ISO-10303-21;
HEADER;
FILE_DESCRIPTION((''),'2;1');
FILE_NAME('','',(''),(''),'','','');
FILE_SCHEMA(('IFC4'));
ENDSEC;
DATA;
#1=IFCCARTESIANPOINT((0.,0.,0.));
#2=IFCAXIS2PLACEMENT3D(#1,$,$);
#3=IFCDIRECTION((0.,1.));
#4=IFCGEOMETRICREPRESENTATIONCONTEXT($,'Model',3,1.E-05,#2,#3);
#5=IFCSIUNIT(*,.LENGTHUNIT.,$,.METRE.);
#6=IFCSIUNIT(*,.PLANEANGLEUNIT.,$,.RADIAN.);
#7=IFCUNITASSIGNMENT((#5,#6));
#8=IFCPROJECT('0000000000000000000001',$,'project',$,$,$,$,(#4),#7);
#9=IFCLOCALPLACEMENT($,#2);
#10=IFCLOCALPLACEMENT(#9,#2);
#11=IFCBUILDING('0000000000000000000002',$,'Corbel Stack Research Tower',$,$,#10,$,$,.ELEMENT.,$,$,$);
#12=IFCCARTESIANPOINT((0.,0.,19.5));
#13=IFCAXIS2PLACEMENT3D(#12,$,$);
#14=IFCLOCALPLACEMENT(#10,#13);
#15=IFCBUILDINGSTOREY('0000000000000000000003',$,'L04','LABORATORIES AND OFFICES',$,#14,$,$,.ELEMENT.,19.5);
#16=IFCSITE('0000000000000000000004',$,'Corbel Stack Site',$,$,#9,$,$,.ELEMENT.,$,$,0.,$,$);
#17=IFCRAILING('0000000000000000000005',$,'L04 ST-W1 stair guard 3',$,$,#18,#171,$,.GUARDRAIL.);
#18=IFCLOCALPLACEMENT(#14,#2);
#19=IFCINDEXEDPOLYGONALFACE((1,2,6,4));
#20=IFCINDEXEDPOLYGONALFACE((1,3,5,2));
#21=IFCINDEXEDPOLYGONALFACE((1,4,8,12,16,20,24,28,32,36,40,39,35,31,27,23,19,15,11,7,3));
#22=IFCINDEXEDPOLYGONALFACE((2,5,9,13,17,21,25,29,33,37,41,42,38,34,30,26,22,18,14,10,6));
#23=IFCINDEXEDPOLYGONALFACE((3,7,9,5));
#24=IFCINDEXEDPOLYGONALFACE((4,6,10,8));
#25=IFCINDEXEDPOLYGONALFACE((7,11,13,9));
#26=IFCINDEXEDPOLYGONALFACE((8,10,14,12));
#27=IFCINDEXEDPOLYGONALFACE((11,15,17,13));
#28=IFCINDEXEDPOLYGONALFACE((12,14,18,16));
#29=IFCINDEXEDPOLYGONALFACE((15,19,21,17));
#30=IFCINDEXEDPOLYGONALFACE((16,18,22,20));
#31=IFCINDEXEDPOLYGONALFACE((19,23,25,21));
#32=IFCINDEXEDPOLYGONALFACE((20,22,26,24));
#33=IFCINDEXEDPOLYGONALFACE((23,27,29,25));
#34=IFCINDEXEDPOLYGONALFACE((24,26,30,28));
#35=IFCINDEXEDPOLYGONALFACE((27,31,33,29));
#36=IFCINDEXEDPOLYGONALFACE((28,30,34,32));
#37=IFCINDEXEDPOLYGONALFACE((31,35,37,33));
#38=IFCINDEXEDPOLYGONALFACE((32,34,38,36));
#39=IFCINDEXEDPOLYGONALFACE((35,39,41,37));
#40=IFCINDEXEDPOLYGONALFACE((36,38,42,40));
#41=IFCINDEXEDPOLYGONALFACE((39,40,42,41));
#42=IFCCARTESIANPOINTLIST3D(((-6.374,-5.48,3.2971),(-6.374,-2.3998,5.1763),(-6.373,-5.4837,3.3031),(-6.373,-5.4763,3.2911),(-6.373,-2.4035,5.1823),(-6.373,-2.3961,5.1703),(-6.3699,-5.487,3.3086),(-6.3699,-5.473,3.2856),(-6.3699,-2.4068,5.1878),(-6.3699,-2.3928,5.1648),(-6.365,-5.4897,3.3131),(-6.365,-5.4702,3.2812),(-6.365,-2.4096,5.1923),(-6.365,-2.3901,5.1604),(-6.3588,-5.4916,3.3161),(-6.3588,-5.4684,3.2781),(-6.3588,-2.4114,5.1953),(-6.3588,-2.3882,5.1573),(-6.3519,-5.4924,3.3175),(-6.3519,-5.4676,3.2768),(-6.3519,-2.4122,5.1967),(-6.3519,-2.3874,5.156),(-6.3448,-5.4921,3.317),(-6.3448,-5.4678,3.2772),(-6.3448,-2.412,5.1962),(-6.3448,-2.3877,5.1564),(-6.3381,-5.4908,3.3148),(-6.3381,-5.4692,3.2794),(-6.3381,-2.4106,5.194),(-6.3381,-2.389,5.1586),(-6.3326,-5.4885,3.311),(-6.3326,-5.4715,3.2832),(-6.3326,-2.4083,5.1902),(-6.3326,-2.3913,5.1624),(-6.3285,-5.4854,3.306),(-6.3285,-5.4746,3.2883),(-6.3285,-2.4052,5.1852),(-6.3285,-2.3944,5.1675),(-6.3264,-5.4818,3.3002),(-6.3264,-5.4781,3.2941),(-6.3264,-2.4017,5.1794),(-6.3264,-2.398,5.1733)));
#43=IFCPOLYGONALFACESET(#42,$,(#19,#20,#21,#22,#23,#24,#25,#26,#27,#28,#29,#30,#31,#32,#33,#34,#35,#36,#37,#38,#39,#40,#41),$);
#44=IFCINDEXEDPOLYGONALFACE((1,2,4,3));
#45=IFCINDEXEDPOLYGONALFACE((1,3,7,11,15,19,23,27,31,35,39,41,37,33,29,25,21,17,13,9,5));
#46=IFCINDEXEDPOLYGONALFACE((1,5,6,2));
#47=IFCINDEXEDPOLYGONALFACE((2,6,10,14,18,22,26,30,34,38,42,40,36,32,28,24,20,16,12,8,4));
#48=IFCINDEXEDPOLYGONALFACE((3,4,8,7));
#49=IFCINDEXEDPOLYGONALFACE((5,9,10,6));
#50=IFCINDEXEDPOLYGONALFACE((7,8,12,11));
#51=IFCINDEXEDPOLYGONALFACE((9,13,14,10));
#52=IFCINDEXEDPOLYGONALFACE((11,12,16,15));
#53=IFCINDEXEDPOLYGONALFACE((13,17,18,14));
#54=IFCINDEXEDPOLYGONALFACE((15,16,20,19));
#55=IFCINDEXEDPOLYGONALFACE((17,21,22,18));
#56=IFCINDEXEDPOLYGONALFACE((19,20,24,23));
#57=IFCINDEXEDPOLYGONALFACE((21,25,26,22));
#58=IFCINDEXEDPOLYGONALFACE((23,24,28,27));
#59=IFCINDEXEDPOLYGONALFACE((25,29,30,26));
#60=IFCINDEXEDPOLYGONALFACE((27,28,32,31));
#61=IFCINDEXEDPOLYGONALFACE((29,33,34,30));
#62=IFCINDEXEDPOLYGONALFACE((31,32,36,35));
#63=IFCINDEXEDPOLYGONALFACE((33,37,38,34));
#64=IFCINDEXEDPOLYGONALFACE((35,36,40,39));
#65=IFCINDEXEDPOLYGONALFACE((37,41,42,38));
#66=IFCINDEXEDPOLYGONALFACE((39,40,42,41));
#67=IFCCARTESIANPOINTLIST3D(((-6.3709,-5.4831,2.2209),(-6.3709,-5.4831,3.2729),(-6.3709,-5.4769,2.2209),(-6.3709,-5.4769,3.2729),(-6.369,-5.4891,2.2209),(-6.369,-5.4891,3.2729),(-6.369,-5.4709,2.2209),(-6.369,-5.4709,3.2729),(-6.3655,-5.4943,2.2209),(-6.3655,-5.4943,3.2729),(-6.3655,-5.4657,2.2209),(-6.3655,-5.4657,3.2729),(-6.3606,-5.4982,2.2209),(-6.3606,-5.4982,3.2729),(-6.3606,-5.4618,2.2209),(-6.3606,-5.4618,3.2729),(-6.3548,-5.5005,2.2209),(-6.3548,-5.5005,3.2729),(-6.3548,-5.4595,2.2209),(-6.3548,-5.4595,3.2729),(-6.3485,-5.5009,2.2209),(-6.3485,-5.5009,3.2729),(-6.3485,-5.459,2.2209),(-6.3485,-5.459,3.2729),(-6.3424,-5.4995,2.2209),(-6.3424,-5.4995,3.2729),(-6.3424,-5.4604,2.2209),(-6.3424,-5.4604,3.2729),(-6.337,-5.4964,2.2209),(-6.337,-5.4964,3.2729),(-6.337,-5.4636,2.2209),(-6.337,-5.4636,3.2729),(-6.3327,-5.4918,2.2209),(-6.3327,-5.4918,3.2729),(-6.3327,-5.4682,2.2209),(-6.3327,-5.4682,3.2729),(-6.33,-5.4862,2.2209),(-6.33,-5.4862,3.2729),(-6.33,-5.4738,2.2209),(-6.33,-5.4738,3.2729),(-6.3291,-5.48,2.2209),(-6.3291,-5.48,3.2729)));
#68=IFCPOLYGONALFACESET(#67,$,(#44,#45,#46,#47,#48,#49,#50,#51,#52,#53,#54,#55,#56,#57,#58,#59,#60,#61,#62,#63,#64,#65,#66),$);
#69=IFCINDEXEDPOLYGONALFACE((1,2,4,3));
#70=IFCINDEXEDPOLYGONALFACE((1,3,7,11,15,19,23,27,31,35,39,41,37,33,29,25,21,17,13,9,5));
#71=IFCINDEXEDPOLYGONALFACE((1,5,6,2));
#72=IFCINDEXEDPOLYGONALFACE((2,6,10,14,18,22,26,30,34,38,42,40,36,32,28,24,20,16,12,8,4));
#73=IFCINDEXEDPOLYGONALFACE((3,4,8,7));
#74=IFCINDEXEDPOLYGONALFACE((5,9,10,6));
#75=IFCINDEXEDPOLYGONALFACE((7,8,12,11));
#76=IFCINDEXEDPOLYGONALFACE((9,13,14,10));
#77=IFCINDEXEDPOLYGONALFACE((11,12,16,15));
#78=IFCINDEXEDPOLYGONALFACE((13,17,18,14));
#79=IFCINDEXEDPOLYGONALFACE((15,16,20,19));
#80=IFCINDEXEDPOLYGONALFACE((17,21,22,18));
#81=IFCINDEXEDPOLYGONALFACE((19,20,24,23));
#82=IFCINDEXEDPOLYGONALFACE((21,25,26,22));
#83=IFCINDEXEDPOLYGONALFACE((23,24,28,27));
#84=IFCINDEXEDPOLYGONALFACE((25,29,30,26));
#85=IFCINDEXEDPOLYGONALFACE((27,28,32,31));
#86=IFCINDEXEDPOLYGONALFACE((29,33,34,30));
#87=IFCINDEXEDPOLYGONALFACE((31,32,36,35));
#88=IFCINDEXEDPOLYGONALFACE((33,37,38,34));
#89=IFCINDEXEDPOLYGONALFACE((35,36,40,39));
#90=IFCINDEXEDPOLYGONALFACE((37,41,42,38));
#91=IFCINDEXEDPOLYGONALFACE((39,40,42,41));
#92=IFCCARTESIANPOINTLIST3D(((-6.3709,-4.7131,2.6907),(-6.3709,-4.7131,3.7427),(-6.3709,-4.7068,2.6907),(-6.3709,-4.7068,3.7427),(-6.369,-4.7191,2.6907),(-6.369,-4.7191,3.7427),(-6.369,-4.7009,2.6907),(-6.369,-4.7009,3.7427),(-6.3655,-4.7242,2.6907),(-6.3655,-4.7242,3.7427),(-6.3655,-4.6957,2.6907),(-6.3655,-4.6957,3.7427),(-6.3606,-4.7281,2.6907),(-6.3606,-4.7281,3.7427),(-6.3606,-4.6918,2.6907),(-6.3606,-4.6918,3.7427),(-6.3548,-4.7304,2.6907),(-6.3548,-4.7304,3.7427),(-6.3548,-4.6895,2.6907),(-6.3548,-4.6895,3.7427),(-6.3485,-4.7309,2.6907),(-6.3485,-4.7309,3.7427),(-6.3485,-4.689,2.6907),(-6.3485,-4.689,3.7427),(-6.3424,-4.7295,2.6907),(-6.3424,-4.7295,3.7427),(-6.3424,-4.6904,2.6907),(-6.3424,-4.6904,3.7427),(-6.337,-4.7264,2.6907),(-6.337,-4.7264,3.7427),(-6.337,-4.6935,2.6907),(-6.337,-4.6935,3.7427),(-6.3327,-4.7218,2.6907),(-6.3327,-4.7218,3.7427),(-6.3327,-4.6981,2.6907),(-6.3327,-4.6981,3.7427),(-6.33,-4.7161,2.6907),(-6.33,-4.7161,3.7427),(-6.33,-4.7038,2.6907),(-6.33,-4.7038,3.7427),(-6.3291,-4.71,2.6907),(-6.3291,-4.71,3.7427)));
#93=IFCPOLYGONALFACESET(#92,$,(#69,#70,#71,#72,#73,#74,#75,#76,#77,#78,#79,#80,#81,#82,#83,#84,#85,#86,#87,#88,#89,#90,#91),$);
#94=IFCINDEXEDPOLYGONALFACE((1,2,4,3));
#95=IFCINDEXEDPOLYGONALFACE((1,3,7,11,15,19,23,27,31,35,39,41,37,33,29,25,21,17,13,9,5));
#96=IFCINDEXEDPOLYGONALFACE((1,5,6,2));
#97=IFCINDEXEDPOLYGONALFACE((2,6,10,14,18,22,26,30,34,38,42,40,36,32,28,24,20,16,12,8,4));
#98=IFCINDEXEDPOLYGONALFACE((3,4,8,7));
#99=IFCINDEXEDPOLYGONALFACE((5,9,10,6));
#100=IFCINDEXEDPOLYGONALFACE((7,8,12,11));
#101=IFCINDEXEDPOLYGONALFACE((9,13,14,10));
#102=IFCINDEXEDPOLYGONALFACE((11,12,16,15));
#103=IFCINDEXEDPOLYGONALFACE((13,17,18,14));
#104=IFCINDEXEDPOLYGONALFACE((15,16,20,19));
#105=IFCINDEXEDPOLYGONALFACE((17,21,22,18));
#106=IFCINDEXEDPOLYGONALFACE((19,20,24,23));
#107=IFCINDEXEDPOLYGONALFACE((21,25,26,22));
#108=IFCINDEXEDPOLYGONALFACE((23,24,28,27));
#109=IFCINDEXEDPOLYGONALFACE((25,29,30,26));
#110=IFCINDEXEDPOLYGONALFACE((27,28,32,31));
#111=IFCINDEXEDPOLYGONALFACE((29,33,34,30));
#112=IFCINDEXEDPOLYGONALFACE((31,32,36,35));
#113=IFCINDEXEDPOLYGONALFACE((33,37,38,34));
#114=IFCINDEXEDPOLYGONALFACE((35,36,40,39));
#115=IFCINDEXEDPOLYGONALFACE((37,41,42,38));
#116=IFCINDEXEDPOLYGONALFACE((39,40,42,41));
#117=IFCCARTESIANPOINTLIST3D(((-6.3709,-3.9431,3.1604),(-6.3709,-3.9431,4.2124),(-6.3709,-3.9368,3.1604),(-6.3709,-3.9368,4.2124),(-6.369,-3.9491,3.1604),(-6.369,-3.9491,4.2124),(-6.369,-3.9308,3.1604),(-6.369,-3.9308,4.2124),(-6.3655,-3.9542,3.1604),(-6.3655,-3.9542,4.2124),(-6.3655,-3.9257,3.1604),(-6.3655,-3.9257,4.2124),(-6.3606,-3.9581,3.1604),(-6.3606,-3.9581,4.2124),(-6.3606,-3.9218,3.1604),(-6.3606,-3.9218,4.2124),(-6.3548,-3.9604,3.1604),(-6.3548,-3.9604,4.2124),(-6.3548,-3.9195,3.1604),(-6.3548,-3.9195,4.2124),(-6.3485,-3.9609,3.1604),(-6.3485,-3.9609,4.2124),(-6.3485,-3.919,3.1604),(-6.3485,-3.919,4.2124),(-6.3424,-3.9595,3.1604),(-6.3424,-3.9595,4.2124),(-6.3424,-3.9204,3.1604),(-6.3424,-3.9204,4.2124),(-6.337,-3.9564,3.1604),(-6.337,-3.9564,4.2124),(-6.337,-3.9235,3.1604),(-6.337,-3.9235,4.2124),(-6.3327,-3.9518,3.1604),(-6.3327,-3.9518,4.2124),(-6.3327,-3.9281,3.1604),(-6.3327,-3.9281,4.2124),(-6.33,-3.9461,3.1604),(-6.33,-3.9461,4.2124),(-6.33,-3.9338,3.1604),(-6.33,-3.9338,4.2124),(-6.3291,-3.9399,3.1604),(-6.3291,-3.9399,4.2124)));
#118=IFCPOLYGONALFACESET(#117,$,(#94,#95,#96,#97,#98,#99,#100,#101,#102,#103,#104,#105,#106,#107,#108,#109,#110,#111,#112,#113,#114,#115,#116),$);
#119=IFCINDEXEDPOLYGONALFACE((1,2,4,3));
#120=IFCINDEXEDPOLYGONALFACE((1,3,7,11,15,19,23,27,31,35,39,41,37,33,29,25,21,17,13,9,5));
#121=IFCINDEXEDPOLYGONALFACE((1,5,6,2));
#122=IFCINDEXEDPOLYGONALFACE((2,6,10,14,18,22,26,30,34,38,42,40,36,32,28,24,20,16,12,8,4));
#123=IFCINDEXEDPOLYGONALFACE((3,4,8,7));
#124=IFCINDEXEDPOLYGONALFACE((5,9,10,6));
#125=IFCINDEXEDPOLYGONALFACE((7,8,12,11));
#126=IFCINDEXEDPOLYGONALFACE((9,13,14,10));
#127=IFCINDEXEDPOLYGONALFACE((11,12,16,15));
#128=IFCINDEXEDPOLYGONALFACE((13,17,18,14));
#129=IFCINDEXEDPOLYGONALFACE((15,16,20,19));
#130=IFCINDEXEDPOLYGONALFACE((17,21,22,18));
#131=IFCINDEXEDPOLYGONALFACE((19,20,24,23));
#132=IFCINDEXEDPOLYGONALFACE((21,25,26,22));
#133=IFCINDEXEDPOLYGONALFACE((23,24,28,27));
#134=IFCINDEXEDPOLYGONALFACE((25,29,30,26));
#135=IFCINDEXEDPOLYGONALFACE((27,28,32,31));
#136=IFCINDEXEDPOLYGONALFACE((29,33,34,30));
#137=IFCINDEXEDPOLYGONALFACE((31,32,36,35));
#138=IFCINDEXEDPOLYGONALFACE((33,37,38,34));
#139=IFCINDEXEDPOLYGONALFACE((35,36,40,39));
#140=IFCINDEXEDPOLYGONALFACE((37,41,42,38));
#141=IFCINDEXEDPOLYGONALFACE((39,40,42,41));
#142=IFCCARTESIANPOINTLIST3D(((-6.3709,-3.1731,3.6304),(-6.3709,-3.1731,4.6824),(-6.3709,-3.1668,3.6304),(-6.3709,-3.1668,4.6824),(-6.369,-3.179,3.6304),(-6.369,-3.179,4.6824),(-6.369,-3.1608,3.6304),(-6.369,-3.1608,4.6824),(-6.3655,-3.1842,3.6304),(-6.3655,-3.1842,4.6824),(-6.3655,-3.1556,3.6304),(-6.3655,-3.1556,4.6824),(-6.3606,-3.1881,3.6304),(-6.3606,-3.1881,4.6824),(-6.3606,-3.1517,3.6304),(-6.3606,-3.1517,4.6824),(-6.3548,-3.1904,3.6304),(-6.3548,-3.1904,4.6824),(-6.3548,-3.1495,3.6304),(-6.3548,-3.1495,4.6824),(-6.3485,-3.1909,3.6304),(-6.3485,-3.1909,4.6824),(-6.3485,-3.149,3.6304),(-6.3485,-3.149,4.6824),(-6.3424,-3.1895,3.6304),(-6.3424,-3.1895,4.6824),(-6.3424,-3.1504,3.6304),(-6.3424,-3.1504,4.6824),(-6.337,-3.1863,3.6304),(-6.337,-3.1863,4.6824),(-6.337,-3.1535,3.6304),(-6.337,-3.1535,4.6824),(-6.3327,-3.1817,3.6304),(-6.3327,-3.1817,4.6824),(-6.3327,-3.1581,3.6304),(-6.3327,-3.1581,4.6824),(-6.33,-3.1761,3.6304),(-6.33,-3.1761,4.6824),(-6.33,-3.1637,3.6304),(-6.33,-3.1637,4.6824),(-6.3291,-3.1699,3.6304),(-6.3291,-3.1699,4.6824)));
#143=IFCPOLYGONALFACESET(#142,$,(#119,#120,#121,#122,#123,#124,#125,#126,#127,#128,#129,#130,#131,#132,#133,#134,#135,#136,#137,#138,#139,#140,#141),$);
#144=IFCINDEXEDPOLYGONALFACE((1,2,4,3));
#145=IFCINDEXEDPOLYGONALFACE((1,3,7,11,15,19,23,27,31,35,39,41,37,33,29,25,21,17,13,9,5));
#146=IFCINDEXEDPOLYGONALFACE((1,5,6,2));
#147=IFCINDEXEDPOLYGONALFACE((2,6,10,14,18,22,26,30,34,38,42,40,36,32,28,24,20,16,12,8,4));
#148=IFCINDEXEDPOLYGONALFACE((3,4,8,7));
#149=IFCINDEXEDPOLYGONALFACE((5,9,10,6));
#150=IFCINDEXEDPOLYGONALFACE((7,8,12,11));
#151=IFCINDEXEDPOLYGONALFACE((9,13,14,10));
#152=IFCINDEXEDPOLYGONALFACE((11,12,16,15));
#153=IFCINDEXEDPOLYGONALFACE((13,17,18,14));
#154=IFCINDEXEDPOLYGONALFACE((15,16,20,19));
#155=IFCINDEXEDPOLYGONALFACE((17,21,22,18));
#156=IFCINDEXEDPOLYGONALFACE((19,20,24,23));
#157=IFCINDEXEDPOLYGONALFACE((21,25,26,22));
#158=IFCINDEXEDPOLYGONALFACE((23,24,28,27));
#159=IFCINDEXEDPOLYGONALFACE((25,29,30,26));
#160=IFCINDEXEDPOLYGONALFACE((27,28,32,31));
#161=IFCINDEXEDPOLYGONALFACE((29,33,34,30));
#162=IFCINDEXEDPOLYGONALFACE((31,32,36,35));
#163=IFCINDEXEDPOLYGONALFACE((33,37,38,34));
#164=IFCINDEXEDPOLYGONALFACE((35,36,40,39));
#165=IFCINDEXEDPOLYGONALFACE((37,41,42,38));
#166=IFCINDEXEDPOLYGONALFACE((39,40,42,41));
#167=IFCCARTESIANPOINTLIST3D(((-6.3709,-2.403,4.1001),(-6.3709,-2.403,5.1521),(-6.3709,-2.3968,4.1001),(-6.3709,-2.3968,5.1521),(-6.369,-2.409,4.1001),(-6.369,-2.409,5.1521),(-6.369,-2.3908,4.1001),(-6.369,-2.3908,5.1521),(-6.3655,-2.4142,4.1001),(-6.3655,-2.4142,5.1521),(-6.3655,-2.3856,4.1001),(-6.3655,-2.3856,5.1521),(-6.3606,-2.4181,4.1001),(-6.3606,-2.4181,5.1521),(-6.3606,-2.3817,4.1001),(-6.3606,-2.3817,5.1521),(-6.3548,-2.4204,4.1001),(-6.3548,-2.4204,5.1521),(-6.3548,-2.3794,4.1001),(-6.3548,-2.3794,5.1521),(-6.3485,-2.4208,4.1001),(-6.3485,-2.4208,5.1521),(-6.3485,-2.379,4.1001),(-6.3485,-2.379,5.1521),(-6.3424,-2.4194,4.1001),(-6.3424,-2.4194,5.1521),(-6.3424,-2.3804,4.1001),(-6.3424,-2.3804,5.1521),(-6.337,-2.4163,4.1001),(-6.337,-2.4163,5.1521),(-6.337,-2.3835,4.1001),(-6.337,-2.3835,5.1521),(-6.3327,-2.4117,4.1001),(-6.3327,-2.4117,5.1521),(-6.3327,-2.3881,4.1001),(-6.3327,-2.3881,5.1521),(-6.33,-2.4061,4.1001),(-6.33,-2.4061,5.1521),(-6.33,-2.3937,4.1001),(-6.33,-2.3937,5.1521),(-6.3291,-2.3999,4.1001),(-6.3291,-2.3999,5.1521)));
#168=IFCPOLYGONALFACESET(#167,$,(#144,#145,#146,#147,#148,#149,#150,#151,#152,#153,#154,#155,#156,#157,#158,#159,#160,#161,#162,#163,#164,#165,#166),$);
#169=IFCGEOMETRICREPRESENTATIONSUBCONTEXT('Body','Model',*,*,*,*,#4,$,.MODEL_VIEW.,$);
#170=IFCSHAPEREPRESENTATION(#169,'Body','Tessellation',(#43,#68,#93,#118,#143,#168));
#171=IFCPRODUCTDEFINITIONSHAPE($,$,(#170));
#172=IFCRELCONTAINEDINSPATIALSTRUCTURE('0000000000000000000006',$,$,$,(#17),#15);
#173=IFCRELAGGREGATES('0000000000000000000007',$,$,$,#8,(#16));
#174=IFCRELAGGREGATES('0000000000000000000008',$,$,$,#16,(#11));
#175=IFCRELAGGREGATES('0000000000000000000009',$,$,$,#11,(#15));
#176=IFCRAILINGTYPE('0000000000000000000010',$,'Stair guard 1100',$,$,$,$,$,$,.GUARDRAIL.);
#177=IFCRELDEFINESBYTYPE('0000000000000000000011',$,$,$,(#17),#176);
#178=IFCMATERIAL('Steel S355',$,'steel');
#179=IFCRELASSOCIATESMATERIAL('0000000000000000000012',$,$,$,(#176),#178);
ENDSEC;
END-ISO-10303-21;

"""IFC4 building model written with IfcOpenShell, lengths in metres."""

from ifc_helpers import new_model, si_unit, direction, frame, origin, origin_2d, place, context, subcontext, project, spatial, circle, extrude, material, type_object, element, save


model = new_model("IFC4")

# Units and contexts
model_context = context("Model", 3, precision=1e-05, world=origin(), true_north=direction((0.0, 1.0)))
body_context = subcontext(model_context, "Body", "Model", "MODEL_VIEW")
ifc_project = project(units=[si_unit("LENGTHUNIT", "METRE"), si_unit("PLANEANGLEUNIT", "RADIAN")], contexts=[model_context])

# Site, building, storey
site_placement = place(None, origin())
site = spatial("IfcSite", under=ifc_project, at=site_placement, Name="Corbel Stack Site", CompositionType="ELEMENT", RefElevation=0.0)
building_placement = place(site_placement, origin())
building = spatial("IfcBuilding", under=site, at=building_placement, Name="Corbel Stack Research Tower", CompositionType="ELEMENT")
storey_placement = place(building_placement, frame((0.0, 0.0, 19.5)))
storey = spatial("IfcBuildingStorey", under=building, at=storey_placement, Name="L04", Description="LABORATORIES AND OFFICES", CompositionType="ELEMENT", Elevation=19.5)

# Railing
ifc_material_1 = material(Name="Steel S355", Category="steel")
railing_type_1 = type_object("IfcRailingType", Name="Stair guard 1100", PredefinedType="GUARDRAIL", material=ifc_material_1)
railing_1_placement = place(storey_placement, frame((-6.3501, -5.48, 2.2209)))
element("IfcRailing", 1, at=railing_1_placement, inside=storey, type_object=railing_type_1, Name="L04 ST-W1 stair guard 3", PredefinedType="GUARDRAIL", context=body_context, shape_type="SweptSolid", body=[
    extrude(circle(Radius=0.0239, at=origin_2d()), frame((0.0, 0.0, 1.0762), z_axis=(0.0, 0.853666, 0.52082), x_axis=(-1.0, 0.0, 0.0)), (0.0, 0.0, 1.0), 3.6082),
    extrude(circle(Radius=0.021, at=origin_2d()), origin(), (0.0, 0.0, 1.0), 1.052),
    extrude(circle(Radius=0.021, at=origin_2d()), frame((0.0, 0.77, 0.4697)), (0.0, 0.0, 1.0), 1.052),
    extrude(circle(Radius=0.021, at=origin_2d()), frame((0.0, 1.54, 0.9395)), (0.0, 0.0, 1.0), 1.052),
    extrude(circle(Radius=0.021, at=origin_2d()), frame((0.0, 2.3101, 1.4094)), (0.0, 0.0, 1.0), 1.052),
    extrude(circle(Radius=0.021, at=origin_2d()), frame((0.0, 3.0801, 1.8792)), (0.0, 0.0, 1.0), 1.052),
])

save(model, "model.ifc")
